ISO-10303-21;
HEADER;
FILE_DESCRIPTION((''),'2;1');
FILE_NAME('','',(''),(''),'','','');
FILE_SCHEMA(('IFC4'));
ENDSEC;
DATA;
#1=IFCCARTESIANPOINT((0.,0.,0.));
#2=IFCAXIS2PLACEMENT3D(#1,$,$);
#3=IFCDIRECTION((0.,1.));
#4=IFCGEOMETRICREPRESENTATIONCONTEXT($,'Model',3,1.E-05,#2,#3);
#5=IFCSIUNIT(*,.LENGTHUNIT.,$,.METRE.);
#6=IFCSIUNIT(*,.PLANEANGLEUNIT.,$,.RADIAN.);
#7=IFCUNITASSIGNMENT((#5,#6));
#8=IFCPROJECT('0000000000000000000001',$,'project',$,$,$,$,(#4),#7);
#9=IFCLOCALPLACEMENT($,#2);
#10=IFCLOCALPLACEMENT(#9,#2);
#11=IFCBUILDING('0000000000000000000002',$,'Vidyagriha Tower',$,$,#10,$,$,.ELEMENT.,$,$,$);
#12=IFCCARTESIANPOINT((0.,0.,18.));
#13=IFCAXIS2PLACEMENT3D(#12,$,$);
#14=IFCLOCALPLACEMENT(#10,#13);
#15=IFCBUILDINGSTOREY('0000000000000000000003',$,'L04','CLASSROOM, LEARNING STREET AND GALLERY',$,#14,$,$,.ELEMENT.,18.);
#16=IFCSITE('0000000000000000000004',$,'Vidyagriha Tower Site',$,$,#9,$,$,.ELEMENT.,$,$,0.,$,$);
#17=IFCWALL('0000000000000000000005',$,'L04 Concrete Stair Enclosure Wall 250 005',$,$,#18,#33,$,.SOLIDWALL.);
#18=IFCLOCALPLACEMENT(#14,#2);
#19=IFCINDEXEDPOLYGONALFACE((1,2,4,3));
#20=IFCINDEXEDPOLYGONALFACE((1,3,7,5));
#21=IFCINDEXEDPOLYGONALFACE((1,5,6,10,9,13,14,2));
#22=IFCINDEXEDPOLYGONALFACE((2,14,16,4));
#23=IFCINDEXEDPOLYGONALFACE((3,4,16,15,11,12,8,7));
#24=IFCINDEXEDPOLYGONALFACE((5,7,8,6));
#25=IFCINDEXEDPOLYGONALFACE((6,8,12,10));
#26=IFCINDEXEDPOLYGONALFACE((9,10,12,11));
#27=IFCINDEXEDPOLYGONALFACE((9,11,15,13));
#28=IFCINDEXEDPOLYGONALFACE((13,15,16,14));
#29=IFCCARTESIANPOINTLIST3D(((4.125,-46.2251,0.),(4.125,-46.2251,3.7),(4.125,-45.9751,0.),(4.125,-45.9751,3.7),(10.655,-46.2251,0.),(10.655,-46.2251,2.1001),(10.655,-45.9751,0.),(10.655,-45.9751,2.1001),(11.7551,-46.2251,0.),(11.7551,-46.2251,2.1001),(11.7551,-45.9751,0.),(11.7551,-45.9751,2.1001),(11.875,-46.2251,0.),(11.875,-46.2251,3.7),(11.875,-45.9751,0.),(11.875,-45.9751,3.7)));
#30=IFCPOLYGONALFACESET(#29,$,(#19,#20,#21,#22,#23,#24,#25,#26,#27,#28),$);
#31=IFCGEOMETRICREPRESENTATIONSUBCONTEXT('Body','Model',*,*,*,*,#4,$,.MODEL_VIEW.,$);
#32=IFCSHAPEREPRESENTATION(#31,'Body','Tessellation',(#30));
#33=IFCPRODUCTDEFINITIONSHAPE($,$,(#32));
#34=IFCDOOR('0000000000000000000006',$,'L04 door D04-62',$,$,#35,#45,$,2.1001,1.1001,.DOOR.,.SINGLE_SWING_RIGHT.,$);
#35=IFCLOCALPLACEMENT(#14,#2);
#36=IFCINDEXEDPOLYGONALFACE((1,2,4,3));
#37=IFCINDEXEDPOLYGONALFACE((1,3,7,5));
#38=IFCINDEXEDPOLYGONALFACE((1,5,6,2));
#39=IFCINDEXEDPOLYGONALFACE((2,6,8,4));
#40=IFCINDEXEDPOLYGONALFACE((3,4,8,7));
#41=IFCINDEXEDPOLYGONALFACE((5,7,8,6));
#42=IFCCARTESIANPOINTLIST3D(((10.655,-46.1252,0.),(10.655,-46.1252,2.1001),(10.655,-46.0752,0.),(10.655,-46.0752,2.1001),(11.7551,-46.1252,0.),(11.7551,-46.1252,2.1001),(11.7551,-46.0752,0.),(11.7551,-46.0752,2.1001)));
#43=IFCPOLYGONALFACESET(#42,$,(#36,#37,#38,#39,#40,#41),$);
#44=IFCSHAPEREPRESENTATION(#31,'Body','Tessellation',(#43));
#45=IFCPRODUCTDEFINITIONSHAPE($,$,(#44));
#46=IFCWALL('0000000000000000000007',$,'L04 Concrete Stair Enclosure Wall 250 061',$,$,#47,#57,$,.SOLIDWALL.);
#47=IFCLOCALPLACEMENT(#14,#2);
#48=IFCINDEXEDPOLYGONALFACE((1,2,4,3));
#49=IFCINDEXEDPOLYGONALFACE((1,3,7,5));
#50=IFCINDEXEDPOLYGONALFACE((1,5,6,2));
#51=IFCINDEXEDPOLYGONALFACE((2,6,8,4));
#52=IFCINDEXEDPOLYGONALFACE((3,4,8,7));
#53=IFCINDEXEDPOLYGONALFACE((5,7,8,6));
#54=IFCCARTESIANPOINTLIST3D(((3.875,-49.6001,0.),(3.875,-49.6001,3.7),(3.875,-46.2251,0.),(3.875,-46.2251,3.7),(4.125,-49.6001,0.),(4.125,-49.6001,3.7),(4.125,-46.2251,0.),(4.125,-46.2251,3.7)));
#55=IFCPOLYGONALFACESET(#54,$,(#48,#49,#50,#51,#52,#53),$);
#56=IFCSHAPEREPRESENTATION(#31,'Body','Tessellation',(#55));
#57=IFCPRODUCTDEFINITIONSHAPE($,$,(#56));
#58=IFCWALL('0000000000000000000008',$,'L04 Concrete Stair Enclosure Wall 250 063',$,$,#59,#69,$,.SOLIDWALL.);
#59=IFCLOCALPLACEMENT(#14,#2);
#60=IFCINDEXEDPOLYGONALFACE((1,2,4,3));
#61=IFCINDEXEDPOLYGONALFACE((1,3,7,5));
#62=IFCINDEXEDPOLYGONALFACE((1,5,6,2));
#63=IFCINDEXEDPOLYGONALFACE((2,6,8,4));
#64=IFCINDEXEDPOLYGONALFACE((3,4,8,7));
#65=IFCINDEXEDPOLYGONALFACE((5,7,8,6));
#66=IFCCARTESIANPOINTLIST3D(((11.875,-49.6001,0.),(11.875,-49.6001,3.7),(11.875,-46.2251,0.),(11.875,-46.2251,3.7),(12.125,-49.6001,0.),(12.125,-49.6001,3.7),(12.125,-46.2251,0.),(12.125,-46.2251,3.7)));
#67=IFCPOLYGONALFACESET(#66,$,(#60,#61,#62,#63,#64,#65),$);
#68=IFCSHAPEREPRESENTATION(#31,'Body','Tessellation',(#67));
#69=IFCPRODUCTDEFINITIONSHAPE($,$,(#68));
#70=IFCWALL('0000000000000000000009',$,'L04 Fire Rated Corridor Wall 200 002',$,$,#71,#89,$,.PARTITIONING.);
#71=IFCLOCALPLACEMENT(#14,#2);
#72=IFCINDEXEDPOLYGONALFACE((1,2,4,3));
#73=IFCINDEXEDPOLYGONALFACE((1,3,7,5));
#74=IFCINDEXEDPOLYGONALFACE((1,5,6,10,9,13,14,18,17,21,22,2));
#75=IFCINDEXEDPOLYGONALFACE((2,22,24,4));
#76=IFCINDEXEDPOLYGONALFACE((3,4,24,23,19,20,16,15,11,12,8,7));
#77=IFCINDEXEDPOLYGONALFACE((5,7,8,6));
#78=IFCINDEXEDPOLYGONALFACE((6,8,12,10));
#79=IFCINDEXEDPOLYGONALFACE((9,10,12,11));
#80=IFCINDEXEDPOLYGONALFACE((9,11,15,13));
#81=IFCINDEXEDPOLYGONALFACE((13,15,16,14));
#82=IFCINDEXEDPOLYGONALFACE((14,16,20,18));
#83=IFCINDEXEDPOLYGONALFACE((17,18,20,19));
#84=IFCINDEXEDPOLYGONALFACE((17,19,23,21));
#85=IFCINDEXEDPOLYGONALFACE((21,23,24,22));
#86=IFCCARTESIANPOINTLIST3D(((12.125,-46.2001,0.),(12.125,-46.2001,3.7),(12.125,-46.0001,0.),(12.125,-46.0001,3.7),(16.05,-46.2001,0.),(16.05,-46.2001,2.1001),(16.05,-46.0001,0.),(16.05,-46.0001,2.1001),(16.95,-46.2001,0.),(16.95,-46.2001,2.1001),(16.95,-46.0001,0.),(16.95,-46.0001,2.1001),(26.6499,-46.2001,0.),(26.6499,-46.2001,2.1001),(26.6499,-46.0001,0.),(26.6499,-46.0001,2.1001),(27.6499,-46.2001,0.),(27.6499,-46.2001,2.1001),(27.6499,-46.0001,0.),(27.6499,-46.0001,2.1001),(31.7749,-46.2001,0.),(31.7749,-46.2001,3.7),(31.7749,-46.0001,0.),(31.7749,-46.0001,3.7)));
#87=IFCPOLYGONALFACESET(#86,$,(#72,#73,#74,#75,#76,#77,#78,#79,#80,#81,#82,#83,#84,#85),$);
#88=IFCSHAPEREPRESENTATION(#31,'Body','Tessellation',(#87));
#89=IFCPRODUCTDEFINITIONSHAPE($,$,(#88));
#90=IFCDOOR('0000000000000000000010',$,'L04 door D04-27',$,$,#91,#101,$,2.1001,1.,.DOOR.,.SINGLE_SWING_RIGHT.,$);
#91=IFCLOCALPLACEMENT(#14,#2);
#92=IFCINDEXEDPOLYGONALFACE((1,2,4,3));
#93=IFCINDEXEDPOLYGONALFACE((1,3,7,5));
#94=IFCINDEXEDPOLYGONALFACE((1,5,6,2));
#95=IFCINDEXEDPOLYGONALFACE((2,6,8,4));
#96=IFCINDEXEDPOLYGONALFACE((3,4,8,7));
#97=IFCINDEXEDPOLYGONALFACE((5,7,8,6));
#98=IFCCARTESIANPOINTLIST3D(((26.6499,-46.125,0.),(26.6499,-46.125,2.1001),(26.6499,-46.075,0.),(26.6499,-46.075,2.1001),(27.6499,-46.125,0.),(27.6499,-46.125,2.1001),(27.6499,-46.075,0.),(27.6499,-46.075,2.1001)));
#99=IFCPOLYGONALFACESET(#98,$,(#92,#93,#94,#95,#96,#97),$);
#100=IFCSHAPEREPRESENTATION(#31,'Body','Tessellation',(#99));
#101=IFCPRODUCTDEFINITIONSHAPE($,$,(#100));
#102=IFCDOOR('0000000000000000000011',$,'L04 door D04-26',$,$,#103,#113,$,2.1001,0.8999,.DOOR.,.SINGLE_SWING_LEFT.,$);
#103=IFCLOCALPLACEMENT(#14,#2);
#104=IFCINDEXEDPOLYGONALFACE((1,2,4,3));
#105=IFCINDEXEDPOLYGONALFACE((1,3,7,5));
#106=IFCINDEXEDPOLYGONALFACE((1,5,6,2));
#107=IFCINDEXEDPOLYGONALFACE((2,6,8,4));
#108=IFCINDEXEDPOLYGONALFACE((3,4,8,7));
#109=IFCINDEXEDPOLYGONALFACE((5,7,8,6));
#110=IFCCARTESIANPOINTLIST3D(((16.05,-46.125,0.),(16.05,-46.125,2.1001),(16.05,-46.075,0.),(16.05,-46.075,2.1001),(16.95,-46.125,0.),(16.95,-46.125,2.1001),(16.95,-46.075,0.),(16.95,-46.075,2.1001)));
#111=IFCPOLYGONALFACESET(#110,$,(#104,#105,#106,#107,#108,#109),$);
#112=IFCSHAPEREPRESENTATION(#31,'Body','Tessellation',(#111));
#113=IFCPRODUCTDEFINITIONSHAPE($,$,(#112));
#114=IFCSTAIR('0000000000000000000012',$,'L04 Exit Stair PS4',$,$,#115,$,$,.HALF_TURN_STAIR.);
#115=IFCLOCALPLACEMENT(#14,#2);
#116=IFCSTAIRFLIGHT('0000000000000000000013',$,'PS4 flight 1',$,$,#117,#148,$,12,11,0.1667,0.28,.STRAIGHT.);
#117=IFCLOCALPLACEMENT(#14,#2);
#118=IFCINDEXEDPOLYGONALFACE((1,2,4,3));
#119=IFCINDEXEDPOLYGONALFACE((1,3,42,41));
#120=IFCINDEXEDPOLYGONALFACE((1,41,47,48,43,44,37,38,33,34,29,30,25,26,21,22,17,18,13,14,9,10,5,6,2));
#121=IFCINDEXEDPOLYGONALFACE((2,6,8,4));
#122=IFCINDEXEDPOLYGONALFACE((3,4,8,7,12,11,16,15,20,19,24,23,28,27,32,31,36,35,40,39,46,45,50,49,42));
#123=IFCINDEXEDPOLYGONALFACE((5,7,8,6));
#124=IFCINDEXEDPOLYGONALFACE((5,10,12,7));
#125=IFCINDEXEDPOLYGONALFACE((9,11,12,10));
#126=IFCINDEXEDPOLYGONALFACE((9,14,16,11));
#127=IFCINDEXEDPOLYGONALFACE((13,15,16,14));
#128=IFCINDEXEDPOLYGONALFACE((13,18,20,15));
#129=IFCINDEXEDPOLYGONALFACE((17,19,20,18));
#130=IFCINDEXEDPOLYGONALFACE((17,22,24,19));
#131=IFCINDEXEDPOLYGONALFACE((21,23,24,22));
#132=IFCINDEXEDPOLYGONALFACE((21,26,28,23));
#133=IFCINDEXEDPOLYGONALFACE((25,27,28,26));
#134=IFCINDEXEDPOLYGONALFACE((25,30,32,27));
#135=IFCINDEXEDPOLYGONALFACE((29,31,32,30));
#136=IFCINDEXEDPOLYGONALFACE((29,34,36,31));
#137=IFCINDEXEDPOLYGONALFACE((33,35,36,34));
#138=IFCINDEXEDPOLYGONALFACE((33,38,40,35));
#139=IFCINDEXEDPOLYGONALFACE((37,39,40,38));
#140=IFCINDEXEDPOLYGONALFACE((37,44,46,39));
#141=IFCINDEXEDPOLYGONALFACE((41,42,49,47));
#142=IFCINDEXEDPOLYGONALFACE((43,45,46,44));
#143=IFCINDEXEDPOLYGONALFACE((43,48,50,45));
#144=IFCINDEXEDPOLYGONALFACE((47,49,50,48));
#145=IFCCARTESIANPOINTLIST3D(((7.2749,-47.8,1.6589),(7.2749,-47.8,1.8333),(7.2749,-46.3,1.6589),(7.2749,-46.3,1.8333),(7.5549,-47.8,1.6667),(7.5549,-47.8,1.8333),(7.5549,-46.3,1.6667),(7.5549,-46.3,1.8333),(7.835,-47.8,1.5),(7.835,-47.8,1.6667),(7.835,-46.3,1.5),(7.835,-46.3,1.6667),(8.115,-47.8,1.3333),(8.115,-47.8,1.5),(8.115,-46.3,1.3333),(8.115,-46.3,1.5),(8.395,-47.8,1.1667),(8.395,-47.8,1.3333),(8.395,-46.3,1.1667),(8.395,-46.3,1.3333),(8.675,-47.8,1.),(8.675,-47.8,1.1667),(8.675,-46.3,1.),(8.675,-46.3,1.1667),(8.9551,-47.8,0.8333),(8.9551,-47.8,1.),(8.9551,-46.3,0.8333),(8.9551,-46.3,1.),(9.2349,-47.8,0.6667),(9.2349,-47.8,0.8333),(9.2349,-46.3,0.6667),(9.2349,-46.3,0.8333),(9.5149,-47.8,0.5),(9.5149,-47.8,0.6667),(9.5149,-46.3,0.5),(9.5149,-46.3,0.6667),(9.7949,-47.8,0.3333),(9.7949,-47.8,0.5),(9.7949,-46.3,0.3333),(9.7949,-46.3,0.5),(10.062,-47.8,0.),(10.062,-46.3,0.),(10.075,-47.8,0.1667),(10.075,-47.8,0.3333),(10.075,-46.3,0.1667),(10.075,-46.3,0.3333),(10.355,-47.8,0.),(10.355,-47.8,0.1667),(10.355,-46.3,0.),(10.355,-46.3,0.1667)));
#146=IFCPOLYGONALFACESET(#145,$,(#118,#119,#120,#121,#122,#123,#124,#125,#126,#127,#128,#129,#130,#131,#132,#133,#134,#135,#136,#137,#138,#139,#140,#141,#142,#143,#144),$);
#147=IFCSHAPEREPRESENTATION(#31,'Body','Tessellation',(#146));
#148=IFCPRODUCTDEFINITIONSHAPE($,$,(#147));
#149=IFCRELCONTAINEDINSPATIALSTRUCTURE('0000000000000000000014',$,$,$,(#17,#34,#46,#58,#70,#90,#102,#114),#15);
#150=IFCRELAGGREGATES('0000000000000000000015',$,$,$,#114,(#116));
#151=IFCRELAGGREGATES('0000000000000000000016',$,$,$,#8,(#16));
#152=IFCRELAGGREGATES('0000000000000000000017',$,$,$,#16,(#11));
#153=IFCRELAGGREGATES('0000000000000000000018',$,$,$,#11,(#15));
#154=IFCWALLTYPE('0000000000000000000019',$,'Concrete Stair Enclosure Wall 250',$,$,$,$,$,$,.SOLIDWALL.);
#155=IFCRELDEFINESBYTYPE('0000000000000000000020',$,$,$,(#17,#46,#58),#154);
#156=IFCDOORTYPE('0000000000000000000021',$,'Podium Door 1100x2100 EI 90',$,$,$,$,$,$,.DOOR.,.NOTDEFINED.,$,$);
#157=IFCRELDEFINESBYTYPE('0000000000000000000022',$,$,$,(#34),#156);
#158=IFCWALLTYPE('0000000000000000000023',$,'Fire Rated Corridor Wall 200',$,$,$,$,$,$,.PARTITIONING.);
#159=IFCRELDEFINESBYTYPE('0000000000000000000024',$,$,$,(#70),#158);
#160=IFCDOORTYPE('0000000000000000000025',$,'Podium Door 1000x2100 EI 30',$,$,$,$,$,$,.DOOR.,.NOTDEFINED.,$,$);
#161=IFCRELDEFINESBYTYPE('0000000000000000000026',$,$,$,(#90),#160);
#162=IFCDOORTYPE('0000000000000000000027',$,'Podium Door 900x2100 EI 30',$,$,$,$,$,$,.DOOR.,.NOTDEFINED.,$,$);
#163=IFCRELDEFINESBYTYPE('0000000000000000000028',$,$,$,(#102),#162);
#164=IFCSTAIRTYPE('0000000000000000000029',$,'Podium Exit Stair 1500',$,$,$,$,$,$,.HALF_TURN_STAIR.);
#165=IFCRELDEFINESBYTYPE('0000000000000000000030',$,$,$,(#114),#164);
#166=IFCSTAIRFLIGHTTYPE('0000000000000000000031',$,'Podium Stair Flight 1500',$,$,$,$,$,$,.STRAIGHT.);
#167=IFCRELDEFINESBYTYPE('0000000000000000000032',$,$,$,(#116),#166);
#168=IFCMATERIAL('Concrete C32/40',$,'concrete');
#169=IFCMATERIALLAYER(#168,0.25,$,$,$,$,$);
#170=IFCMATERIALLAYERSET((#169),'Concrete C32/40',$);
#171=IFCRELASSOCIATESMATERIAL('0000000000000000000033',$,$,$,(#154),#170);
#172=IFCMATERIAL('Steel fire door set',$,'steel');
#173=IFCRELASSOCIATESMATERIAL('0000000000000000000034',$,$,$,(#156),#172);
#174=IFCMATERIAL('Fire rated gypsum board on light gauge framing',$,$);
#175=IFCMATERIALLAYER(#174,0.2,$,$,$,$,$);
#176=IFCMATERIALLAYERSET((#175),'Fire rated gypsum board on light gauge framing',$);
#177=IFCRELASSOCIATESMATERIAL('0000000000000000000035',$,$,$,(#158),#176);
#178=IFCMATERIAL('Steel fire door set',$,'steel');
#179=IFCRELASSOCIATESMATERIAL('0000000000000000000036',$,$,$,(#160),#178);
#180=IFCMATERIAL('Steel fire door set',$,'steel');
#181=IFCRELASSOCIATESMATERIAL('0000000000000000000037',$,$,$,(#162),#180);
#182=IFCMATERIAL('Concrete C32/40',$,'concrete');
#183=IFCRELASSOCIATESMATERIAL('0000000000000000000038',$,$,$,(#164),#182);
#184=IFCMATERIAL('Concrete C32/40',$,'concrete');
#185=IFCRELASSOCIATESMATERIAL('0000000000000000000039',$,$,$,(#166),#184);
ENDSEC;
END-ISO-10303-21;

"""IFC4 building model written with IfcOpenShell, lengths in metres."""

from ifc_helpers import new_model, si_unit, direction, frame, frame_2d, origin, place, context, subcontext, project, spatial, polyline, rectangle, outline, extrude, material, layer, layer_set, type_object, element, fill, aggregate, save


model = new_model("IFC4")

# Units and contexts
model_context = context("Model", 3, precision=1e-05, world=origin(), true_north=direction((0.0, 1.0)))
body_context = subcontext(model_context, "Body", "Model", "MODEL_VIEW")
ifc_project = project(units=[si_unit("LENGTHUNIT", "METRE"), si_unit("PLANEANGLEUNIT", "RADIAN")], contexts=[model_context])

# Site, building, storey
site_placement = place(None, origin())
site = spatial("IfcSite", under=ifc_project, at=site_placement, Name="Vidyagriha Tower Site", CompositionType="ELEMENT", RefElevation=0.0)
building_placement = place(site_placement, origin())
building = spatial("IfcBuilding", under=site, at=building_placement, Name="Vidyagriha Tower", CompositionType="ELEMENT")
storey_placement = place(building_placement, frame((0.0, 0.0, 18.0)))
storey = spatial("IfcBuildingStorey", under=building, at=storey_placement, Name="L04", Description="CLASSROOM, LEARNING STREET AND GALLERY", CompositionType="ELEMENT", Elevation=18.0)

# Wall, opening, door
ifc_material_1 = material(Name="Concrete C32/40", Category="concrete")
ifc_layer_1 = layer(ifc_material_1, 0.25)
ifc_layer_set_1 = layer_set([ifc_layer_1], Name="Concrete C32/40")
wall_type_1 = type_object("IfcWallType", Name="Concrete Stair Enclosure Wall 250", PredefinedType="SOLIDWALL", material=ifc_layer_set_1)
wall_1_placement = place(storey_placement, frame((4.125, -46.1001, 0.0)))
wall_1 = element("IfcWall", 1, at=wall_1_placement, inside=storey, type_object=wall_type_1, Name="L04 Concrete Stair Enclosure Wall 250 005", PredefinedType="SOLIDWALL", context=body_context, shape_type="SweptSolid", body=[
    extrude(rectangle(XDim=7.75, YDim=0.25, at=frame_2d((3.875, 0.0))), origin(), (0.0, 0.0, 1.0), 3.7),
])
opening_1_placement = place(wall_1_placement, frame((6.53, 0.0, 0.0)))
opening_1 = element("IfcOpeningElement", 2, at=opening_1_placement, cuts=wall_1, PredefinedType="OPENING", context=body_context, shape_type="SweptSolid", body=[
    extrude(rectangle(XDim=1.1001, YDim=2.1001, at=frame_2d((0.55, 1.05))), frame((0.0, 0.135, 0.0), z_axis=(0.0, -1.0, 0.0), x_axis=(1.0, 0.0, 0.0)), (0.0, 0.0, 1.0), 0.27),
])
ifc_material_2 = material(Name="Steel fire door set", Category="steel")
door_type_1 = type_object("IfcDoorType", Name="Podium Door 1100x2100 EI 90", OperationType="NOTDEFINED", PredefinedType="DOOR", material=ifc_material_2)
door_1_placement = place(opening_1_placement, origin())
door_1 = element("IfcDoor", 3, at=door_1_placement, inside=storey, type_object=door_type_1, Name="L04 door D04-62", OperationType="SINGLE_SWING_RIGHT", OverallHeight=2.1001, OverallWidth=1.1001, PredefinedType="DOOR", context=body_context, shape_type="SweptSolid", body=[
    extrude(rectangle(XDim=1.1001, YDim=2.1001, at=frame_2d((0.55, 1.05))), frame((0.0, 0.0249, 0.0), z_axis=(0.0, -1.0, 0.0), x_axis=(1.0, 0.0, 0.0)), (0.0, 0.0, 1.0), 0.05),
])
fill(opening_1, door_1)

# Walls
for number, where, z_axis, x_axis, name in (
    (4, (4.0, -49.6001, 0.0), (0.0, 0.0, 1.0), (0.0, 1.0, 0.0), "L04 Concrete Stair Enclosure Wall 250 061"),
    (5, (12.0, -49.6001, 0.0), (0.0, 0.0, 1.0), (0.0, 1.0, 0.0), "L04 Concrete Stair Enclosure Wall 250 063"),
):
    element("IfcWall", number, at=place(storey_placement, frame(where, z_axis=z_axis, x_axis=x_axis)), inside=storey, type_object=wall_type_1, Name=name, PredefinedType="SOLIDWALL", context=body_context, shape_type="SweptSolid", body=[
        extrude(rectangle(XDim=3.375, YDim=0.25, at=frame_2d((1.6875, 0.0))), origin(), (0.0, 0.0, 1.0), 3.7),
    ])

# Wall, openings, doors
ifc_material_3 = material(Name="Fire rated gypsum board on light gauge framing")
ifc_layer_2 = layer(ifc_material_3, 0.2)
ifc_layer_set_2 = layer_set([ifc_layer_2], Name="Fire rated gypsum board on light gauge framing")
wall_type_2 = type_object("IfcWallType", Name="Fire Rated Corridor Wall 200", PredefinedType="PARTITIONING", material=ifc_layer_set_2)
wall_2_placement = place(storey_placement, frame((12.125, -46.1001, 0.0)))
wall_2 = element("IfcWall", 6, at=wall_2_placement, inside=storey, type_object=wall_type_2, Name="L04 Fire Rated Corridor Wall 200 002", PredefinedType="PARTITIONING", context=body_context, shape_type="SweptSolid", body=[
    extrude(rectangle(XDim=19.6499, YDim=0.2, at=frame_2d((9.825, 0.0))), origin(), (0.0, 0.0, 1.0), 3.7),
])
opening_2_placement = place(wall_2_placement, frame((3.925, 0.0, 0.0)))
opening_2 = element("IfcOpeningElement", 7, at=opening_2_placement, cuts=wall_2, PredefinedType="OPENING", context=body_context, shape_type="SweptSolid", body=[
    extrude(rectangle(XDim=0.8999, YDim=2.1001, at=frame_2d((0.45, 1.05))), frame((0.0, 0.1099, 0.0), z_axis=(0.0, -1.0, 0.0), x_axis=(1.0, 0.0, 0.0)), (0.0, 0.0, 1.0), 0.22),
])
opening_3_placement = place(wall_2_placement, frame((14.5249, 0.0, 0.0)))
opening_3 = element("IfcOpeningElement", 8, at=opening_3_placement, cuts=wall_2, PredefinedType="OPENING", context=body_context, shape_type="SweptSolid", body=[
    extrude(rectangle(XDim=1.0, YDim=2.1001, at=frame_2d((0.5, 1.05))), frame((0.0, 0.1099, 0.0), z_axis=(0.0, -1.0, 0.0), x_axis=(1.0, 0.0, 0.0)), (0.0, 0.0, 1.0), 0.22),
])
ifc_material_4 = material(Name="Steel fire door set", Category="steel")
door_type_2 = type_object("IfcDoorType", Name="Podium Door 1000x2100 EI 30", OperationType="NOTDEFINED", PredefinedType="DOOR", material=ifc_material_4)
door_2_placement = place(opening_3_placement, frame((1.0, 0.0, 0.0), z_axis=(0.0, 0.0, 1.0), x_axis=(-1.0, 0.0, 0.0)))
door_2 = element("IfcDoor", 9, at=door_2_placement, inside=storey, type_object=door_type_2, Name="L04 door D04-27", OperationType="SINGLE_SWING_RIGHT", OverallHeight=2.1001, OverallWidth=1.0, PredefinedType="DOOR", context=body_context, shape_type="SweptSolid", body=[
    extrude(rectangle(XDim=1.0, YDim=2.1001, at=frame_2d((0.5, 1.05))), frame((0.0, 0.0249, 0.0), z_axis=(0.0, -1.0, 0.0), x_axis=(1.0, 0.0, 0.0)), (0.0, 0.0, 1.0), 0.05),
])
fill(opening_3, door_2)
ifc_material_5 = material(Name="Steel fire door set", Category="steel")
door_type_3 = type_object("IfcDoorType", Name="Podium Door 900x2100 EI 30", OperationType="NOTDEFINED", PredefinedType="DOOR", material=ifc_material_5)
door_3_placement = place(opening_2_placement, frame((0.8999, 0.0, 0.0), z_axis=(0.0, 0.0, 1.0), x_axis=(-1.0, 0.0, 0.0)))
door_3 = element("IfcDoor", 10, at=door_3_placement, inside=storey, type_object=door_type_3, Name="L04 door D04-26", OperationType="SINGLE_SWING_LEFT", OverallHeight=2.1001, OverallWidth=0.8999, PredefinedType="DOOR", context=body_context, shape_type="SweptSolid", body=[
    extrude(rectangle(XDim=0.8999, YDim=2.1001, at=frame_2d((0.45, 1.05))), frame((0.0, 0.0249, 0.0), z_axis=(0.0, -1.0, 0.0), x_axis=(1.0, 0.0, 0.0)), (0.0, 0.0, 1.0), 0.05),
])
fill(opening_2, door_3)

# Stair, stair flight
ifc_material_6 = material(Name="Concrete C32/40", Category="concrete")
stair_type = type_object("IfcStairType", Name="Podium Exit Stair 1500", PredefinedType="HALF_TURN_STAIR", material=ifc_material_6)
stair_placement = place(storey_placement, origin())
stair = element("IfcStair", 11, at=stair_placement, inside=storey, type_object=stair_type, Name="L04 Exit Stair PS4", PredefinedType="HALF_TURN_STAIR")
ifc_material_7 = material(Name="Concrete C32/40", Category="concrete")
stair_flight_type = type_object("IfcStairFlightType", Name="Podium Stair Flight 1500", PredefinedType="STRAIGHT", material=ifc_material_7)
stair_flight_1_placement = place(storey_placement, frame((10.355, -47.05, 0.0), z_axis=(0.0, 0.0, 1.0), x_axis=(-1.0, 0.0, 0.0)))
stair_flight_1 = element("IfcStairFlight", 12, at=stair_flight_1_placement, type_object=stair_flight_type, Name="PS4 flight 1", NumberOfRisers=12, NumberOfTreads=11, PredefinedType="STRAIGHT", RiserHeight=0.1667, TreadLength=0.28, context=body_context, shape_type="SweptSolid", body=[
    extrude(outline(polyline([(0.0, 0.0), (0.0, 0.1667), (0.28, 0.1667), (0.28, 0.3333), (0.5601, 0.3333), (0.5601, 0.5), (0.8401, 0.5), (0.8401, 0.6667), (1.1201, 0.6667), (1.1201, 0.8333), (1.3999, 0.8333), (1.3999, 1.0), (1.6799, 1.0), (1.6799, 1.1667), (1.96, 1.1667), (1.96, 1.3333), (2.24, 1.3333), (2.24, 1.5), (2.52, 1.5), (2.52, 1.6667), (2.8, 1.6667), (2.8, 1.8333), (3.0801, 1.8333), (3.0801, 2.0), (3.0801, 1.6589), (0.293, 0.0), (0.0, 0.0)])), frame((0.0, 0.75, 0.0), z_axis=(0.0, -1.0, 0.0), x_axis=(1.0, 0.0, 0.0)), (0.0, 0.0, 1.0), 1.5),
])
aggregate(stair, [stair_flight_1])

save(model, "model.ifc")
